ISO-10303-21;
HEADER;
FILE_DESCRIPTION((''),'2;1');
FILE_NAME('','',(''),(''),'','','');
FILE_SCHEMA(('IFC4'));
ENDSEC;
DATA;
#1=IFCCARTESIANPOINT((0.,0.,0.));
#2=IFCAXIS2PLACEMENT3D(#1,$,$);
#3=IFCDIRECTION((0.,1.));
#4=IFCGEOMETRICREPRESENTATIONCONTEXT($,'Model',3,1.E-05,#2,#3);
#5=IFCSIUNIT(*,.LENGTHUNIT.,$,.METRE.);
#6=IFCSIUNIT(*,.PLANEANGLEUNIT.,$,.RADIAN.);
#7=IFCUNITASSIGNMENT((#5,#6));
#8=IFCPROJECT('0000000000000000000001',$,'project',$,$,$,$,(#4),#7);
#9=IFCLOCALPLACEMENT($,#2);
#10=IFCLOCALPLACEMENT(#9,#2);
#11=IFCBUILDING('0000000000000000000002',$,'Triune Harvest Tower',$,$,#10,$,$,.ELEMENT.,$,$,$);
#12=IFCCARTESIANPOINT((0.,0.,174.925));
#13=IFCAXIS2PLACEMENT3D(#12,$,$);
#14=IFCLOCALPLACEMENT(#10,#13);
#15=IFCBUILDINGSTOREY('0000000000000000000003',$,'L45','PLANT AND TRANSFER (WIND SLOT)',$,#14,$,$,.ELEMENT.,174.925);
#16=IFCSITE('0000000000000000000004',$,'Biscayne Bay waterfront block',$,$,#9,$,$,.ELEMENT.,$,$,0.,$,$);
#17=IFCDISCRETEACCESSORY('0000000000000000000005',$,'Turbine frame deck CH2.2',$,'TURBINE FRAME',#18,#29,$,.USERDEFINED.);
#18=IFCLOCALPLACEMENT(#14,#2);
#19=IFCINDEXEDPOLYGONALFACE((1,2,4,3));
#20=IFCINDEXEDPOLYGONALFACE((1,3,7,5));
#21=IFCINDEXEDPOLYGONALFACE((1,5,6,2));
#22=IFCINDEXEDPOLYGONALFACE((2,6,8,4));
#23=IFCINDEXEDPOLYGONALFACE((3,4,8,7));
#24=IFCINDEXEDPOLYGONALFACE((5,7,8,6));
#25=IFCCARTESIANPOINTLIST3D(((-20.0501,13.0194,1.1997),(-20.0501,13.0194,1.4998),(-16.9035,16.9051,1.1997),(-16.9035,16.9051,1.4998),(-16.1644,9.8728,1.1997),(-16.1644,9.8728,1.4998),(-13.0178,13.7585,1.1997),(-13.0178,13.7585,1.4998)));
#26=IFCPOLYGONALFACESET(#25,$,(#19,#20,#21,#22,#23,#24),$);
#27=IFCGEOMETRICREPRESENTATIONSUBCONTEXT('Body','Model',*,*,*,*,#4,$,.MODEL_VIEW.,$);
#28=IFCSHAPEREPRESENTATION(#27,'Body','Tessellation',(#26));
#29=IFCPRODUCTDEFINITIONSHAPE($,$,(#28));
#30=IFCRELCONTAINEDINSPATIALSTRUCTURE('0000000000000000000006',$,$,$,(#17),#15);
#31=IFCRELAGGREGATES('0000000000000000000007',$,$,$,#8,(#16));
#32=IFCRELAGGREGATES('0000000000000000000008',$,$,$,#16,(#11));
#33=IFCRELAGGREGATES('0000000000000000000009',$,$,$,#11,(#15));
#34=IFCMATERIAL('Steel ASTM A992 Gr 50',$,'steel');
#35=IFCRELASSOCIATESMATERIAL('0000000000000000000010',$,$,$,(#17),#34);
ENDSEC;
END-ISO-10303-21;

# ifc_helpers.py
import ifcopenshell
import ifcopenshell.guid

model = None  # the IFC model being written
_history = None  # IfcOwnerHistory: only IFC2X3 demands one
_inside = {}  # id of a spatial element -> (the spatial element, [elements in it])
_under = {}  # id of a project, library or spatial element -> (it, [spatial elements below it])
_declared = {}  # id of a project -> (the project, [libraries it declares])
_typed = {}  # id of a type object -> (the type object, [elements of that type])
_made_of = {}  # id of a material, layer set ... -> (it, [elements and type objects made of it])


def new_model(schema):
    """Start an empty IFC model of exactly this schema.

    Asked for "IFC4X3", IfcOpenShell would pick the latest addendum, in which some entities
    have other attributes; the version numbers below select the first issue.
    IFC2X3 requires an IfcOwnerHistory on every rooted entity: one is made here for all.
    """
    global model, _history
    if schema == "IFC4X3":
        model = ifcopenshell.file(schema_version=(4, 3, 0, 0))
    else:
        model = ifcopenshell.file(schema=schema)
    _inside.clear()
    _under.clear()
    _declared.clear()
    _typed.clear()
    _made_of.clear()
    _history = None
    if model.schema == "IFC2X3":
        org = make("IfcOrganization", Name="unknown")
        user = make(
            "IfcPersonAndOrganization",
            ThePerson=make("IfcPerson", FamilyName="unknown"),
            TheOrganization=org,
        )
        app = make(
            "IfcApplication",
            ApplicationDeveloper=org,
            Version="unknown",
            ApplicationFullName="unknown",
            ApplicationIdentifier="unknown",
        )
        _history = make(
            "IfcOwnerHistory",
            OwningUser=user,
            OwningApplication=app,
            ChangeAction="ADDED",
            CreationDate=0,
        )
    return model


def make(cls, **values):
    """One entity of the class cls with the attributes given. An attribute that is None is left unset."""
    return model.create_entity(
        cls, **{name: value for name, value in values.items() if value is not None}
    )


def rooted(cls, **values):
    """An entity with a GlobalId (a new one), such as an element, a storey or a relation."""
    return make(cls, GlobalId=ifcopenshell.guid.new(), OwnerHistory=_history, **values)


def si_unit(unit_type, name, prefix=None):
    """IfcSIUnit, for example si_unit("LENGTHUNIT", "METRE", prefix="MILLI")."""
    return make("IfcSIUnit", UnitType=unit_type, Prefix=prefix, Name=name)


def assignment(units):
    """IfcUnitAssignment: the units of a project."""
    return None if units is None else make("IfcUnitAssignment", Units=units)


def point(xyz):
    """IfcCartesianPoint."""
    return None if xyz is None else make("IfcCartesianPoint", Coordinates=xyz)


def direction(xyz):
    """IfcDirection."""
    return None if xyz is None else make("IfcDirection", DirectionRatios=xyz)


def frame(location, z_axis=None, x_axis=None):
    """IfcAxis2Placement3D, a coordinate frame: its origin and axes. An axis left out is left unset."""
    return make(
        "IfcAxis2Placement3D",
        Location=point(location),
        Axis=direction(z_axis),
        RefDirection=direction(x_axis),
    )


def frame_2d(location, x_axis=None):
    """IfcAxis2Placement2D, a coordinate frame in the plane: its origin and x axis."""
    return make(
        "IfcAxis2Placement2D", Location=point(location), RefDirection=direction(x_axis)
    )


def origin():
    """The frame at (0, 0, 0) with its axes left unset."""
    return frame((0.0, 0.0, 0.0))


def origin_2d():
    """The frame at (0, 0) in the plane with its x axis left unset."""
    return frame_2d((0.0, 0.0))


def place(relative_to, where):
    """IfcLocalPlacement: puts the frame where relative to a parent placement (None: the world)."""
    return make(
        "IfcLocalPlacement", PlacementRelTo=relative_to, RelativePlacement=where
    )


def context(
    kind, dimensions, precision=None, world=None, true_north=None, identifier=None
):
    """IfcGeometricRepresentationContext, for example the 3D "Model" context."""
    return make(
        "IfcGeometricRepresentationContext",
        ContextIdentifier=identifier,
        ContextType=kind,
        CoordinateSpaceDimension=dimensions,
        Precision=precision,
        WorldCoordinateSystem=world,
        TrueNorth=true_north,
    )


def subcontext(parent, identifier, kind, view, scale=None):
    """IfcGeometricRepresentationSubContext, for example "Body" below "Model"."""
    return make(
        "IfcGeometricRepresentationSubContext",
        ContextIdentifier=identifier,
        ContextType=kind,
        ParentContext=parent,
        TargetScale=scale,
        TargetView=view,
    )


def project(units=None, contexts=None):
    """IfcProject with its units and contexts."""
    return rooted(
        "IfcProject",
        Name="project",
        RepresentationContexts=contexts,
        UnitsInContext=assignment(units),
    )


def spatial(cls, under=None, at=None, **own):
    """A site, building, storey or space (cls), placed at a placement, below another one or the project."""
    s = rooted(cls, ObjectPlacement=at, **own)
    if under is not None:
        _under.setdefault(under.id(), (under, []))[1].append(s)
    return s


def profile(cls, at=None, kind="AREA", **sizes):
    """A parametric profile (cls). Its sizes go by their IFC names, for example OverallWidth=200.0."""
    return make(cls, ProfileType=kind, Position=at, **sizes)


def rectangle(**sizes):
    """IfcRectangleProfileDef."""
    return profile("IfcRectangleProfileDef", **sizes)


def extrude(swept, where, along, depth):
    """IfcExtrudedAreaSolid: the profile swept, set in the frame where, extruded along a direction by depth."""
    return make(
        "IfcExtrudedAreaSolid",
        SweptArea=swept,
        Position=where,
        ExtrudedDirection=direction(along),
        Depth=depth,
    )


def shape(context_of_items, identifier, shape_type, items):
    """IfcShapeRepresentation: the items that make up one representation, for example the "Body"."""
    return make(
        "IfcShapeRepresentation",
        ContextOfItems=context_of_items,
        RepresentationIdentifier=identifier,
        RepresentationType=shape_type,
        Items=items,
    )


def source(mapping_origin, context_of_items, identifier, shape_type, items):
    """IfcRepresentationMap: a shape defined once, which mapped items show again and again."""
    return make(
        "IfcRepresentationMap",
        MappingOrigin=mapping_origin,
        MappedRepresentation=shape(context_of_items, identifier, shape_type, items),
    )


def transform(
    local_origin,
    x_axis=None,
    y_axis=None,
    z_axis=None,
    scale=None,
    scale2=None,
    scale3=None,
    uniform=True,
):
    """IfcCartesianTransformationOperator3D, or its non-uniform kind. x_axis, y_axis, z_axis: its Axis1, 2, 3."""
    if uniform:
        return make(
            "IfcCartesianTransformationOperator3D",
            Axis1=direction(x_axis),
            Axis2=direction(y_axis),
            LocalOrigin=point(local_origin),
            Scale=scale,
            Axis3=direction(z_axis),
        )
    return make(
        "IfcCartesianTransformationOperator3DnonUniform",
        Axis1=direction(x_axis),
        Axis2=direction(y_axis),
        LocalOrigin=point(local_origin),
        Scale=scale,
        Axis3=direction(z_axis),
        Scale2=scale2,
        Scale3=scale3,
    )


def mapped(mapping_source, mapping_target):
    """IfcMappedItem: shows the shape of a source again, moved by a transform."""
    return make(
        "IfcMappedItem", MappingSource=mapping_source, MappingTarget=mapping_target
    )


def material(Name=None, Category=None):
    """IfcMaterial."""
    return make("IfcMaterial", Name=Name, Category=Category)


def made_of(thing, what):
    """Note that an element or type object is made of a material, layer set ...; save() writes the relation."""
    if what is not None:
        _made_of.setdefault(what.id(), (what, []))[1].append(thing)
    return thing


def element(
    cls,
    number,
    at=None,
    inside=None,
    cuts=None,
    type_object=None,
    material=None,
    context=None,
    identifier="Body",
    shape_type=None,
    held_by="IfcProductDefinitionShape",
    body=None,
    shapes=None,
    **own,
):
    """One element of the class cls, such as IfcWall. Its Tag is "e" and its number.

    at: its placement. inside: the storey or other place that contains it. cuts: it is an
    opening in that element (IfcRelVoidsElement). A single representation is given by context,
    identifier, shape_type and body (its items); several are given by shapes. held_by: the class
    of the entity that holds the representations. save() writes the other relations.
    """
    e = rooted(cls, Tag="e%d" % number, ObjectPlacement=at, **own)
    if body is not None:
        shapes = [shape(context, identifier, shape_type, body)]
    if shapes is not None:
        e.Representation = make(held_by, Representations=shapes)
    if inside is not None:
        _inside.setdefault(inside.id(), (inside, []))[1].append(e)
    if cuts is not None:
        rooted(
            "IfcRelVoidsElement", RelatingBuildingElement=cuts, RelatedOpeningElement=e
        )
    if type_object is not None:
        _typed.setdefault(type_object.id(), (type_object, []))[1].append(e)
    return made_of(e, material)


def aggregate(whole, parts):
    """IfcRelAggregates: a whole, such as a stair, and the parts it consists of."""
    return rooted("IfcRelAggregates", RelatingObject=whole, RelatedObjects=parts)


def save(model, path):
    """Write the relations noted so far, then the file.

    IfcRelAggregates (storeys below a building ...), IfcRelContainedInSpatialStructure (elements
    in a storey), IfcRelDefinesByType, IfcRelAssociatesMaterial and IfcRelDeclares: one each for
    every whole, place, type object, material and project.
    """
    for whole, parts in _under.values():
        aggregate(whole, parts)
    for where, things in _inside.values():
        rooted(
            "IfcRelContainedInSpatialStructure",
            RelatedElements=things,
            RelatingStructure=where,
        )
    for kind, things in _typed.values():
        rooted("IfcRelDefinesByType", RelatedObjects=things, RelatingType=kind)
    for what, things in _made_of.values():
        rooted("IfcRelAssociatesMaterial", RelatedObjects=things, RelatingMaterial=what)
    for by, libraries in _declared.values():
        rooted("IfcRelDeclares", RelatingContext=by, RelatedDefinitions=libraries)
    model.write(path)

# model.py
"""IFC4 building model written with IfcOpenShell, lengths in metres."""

from ifc_helpers import new_model, si_unit, direction, frame, origin, origin_2d, place, context, subcontext, project, spatial, rectangle, extrude, source, transform, mapped, material, element, save


model = new_model("IFC4")

# Units and contexts
model_context = context("Model", 3, precision=1e-05, world=origin(), true_north=direction((0.0, 1.0)))
body_context = subcontext(model_context, "Body", "Model", "MODEL_VIEW")
ifc_project = project(units=[si_unit("LENGTHUNIT", "METRE"), si_unit("PLANEANGLEUNIT", "RADIAN")], contexts=[model_context])

# Site, building, storey
site_placement = place(None, origin())
site = spatial("IfcSite", under=ifc_project, at=site_placement, Name="Biscayne Bay waterfront block", CompositionType="ELEMENT", RefElevation=0.0)
building_placement = place(site_placement, origin())
building = spatial("IfcBuilding", under=site, at=building_placement, Name="Triune Harvest Tower", CompositionType="ELEMENT")
storey_placement = place(building_placement, frame((0.0, 0.0, 174.925)))
storey = spatial("IfcBuildingStorey", under=building, at=storey_placement, Name="L45", Description="PLANT AND TRANSFER (WIND SLOT)", CompositionType="ELEMENT", Elevation=174.925)

# Discrete accessory
ifc_material_1 = material(Name="Steel ASTM A992 Gr 50", Category="steel")
shared_shape_1 = source(origin(), body_context, "Body", "SweptSolid", [
    extrude(rectangle(XDim=5.0, YDim=5.0, at=origin_2d()), origin(), (0.0, 0.0, 1.0), 0.3),
])
discrete_accessory_placement = place(storey_placement, frame((-16.5339, 13.3889, 1.1997), z_axis=(0.0, 0.0, 1.0), x_axis=(-0.777146, 0.62932, 0.0)))
element("IfcDiscreteAccessory", 1, at=discrete_accessory_placement, inside=storey, material=ifc_material_1, Name="Turbine frame deck CH2.2", ObjectType="TURBINE FRAME", PredefinedType="USERDEFINED", context=body_context, shape_type="MappedRepresentation", body=[
    mapped(shared_shape_1, transform((0.0, 0.0, 0.0), scale=1.0)),
])

save(model, "model.ifc")
